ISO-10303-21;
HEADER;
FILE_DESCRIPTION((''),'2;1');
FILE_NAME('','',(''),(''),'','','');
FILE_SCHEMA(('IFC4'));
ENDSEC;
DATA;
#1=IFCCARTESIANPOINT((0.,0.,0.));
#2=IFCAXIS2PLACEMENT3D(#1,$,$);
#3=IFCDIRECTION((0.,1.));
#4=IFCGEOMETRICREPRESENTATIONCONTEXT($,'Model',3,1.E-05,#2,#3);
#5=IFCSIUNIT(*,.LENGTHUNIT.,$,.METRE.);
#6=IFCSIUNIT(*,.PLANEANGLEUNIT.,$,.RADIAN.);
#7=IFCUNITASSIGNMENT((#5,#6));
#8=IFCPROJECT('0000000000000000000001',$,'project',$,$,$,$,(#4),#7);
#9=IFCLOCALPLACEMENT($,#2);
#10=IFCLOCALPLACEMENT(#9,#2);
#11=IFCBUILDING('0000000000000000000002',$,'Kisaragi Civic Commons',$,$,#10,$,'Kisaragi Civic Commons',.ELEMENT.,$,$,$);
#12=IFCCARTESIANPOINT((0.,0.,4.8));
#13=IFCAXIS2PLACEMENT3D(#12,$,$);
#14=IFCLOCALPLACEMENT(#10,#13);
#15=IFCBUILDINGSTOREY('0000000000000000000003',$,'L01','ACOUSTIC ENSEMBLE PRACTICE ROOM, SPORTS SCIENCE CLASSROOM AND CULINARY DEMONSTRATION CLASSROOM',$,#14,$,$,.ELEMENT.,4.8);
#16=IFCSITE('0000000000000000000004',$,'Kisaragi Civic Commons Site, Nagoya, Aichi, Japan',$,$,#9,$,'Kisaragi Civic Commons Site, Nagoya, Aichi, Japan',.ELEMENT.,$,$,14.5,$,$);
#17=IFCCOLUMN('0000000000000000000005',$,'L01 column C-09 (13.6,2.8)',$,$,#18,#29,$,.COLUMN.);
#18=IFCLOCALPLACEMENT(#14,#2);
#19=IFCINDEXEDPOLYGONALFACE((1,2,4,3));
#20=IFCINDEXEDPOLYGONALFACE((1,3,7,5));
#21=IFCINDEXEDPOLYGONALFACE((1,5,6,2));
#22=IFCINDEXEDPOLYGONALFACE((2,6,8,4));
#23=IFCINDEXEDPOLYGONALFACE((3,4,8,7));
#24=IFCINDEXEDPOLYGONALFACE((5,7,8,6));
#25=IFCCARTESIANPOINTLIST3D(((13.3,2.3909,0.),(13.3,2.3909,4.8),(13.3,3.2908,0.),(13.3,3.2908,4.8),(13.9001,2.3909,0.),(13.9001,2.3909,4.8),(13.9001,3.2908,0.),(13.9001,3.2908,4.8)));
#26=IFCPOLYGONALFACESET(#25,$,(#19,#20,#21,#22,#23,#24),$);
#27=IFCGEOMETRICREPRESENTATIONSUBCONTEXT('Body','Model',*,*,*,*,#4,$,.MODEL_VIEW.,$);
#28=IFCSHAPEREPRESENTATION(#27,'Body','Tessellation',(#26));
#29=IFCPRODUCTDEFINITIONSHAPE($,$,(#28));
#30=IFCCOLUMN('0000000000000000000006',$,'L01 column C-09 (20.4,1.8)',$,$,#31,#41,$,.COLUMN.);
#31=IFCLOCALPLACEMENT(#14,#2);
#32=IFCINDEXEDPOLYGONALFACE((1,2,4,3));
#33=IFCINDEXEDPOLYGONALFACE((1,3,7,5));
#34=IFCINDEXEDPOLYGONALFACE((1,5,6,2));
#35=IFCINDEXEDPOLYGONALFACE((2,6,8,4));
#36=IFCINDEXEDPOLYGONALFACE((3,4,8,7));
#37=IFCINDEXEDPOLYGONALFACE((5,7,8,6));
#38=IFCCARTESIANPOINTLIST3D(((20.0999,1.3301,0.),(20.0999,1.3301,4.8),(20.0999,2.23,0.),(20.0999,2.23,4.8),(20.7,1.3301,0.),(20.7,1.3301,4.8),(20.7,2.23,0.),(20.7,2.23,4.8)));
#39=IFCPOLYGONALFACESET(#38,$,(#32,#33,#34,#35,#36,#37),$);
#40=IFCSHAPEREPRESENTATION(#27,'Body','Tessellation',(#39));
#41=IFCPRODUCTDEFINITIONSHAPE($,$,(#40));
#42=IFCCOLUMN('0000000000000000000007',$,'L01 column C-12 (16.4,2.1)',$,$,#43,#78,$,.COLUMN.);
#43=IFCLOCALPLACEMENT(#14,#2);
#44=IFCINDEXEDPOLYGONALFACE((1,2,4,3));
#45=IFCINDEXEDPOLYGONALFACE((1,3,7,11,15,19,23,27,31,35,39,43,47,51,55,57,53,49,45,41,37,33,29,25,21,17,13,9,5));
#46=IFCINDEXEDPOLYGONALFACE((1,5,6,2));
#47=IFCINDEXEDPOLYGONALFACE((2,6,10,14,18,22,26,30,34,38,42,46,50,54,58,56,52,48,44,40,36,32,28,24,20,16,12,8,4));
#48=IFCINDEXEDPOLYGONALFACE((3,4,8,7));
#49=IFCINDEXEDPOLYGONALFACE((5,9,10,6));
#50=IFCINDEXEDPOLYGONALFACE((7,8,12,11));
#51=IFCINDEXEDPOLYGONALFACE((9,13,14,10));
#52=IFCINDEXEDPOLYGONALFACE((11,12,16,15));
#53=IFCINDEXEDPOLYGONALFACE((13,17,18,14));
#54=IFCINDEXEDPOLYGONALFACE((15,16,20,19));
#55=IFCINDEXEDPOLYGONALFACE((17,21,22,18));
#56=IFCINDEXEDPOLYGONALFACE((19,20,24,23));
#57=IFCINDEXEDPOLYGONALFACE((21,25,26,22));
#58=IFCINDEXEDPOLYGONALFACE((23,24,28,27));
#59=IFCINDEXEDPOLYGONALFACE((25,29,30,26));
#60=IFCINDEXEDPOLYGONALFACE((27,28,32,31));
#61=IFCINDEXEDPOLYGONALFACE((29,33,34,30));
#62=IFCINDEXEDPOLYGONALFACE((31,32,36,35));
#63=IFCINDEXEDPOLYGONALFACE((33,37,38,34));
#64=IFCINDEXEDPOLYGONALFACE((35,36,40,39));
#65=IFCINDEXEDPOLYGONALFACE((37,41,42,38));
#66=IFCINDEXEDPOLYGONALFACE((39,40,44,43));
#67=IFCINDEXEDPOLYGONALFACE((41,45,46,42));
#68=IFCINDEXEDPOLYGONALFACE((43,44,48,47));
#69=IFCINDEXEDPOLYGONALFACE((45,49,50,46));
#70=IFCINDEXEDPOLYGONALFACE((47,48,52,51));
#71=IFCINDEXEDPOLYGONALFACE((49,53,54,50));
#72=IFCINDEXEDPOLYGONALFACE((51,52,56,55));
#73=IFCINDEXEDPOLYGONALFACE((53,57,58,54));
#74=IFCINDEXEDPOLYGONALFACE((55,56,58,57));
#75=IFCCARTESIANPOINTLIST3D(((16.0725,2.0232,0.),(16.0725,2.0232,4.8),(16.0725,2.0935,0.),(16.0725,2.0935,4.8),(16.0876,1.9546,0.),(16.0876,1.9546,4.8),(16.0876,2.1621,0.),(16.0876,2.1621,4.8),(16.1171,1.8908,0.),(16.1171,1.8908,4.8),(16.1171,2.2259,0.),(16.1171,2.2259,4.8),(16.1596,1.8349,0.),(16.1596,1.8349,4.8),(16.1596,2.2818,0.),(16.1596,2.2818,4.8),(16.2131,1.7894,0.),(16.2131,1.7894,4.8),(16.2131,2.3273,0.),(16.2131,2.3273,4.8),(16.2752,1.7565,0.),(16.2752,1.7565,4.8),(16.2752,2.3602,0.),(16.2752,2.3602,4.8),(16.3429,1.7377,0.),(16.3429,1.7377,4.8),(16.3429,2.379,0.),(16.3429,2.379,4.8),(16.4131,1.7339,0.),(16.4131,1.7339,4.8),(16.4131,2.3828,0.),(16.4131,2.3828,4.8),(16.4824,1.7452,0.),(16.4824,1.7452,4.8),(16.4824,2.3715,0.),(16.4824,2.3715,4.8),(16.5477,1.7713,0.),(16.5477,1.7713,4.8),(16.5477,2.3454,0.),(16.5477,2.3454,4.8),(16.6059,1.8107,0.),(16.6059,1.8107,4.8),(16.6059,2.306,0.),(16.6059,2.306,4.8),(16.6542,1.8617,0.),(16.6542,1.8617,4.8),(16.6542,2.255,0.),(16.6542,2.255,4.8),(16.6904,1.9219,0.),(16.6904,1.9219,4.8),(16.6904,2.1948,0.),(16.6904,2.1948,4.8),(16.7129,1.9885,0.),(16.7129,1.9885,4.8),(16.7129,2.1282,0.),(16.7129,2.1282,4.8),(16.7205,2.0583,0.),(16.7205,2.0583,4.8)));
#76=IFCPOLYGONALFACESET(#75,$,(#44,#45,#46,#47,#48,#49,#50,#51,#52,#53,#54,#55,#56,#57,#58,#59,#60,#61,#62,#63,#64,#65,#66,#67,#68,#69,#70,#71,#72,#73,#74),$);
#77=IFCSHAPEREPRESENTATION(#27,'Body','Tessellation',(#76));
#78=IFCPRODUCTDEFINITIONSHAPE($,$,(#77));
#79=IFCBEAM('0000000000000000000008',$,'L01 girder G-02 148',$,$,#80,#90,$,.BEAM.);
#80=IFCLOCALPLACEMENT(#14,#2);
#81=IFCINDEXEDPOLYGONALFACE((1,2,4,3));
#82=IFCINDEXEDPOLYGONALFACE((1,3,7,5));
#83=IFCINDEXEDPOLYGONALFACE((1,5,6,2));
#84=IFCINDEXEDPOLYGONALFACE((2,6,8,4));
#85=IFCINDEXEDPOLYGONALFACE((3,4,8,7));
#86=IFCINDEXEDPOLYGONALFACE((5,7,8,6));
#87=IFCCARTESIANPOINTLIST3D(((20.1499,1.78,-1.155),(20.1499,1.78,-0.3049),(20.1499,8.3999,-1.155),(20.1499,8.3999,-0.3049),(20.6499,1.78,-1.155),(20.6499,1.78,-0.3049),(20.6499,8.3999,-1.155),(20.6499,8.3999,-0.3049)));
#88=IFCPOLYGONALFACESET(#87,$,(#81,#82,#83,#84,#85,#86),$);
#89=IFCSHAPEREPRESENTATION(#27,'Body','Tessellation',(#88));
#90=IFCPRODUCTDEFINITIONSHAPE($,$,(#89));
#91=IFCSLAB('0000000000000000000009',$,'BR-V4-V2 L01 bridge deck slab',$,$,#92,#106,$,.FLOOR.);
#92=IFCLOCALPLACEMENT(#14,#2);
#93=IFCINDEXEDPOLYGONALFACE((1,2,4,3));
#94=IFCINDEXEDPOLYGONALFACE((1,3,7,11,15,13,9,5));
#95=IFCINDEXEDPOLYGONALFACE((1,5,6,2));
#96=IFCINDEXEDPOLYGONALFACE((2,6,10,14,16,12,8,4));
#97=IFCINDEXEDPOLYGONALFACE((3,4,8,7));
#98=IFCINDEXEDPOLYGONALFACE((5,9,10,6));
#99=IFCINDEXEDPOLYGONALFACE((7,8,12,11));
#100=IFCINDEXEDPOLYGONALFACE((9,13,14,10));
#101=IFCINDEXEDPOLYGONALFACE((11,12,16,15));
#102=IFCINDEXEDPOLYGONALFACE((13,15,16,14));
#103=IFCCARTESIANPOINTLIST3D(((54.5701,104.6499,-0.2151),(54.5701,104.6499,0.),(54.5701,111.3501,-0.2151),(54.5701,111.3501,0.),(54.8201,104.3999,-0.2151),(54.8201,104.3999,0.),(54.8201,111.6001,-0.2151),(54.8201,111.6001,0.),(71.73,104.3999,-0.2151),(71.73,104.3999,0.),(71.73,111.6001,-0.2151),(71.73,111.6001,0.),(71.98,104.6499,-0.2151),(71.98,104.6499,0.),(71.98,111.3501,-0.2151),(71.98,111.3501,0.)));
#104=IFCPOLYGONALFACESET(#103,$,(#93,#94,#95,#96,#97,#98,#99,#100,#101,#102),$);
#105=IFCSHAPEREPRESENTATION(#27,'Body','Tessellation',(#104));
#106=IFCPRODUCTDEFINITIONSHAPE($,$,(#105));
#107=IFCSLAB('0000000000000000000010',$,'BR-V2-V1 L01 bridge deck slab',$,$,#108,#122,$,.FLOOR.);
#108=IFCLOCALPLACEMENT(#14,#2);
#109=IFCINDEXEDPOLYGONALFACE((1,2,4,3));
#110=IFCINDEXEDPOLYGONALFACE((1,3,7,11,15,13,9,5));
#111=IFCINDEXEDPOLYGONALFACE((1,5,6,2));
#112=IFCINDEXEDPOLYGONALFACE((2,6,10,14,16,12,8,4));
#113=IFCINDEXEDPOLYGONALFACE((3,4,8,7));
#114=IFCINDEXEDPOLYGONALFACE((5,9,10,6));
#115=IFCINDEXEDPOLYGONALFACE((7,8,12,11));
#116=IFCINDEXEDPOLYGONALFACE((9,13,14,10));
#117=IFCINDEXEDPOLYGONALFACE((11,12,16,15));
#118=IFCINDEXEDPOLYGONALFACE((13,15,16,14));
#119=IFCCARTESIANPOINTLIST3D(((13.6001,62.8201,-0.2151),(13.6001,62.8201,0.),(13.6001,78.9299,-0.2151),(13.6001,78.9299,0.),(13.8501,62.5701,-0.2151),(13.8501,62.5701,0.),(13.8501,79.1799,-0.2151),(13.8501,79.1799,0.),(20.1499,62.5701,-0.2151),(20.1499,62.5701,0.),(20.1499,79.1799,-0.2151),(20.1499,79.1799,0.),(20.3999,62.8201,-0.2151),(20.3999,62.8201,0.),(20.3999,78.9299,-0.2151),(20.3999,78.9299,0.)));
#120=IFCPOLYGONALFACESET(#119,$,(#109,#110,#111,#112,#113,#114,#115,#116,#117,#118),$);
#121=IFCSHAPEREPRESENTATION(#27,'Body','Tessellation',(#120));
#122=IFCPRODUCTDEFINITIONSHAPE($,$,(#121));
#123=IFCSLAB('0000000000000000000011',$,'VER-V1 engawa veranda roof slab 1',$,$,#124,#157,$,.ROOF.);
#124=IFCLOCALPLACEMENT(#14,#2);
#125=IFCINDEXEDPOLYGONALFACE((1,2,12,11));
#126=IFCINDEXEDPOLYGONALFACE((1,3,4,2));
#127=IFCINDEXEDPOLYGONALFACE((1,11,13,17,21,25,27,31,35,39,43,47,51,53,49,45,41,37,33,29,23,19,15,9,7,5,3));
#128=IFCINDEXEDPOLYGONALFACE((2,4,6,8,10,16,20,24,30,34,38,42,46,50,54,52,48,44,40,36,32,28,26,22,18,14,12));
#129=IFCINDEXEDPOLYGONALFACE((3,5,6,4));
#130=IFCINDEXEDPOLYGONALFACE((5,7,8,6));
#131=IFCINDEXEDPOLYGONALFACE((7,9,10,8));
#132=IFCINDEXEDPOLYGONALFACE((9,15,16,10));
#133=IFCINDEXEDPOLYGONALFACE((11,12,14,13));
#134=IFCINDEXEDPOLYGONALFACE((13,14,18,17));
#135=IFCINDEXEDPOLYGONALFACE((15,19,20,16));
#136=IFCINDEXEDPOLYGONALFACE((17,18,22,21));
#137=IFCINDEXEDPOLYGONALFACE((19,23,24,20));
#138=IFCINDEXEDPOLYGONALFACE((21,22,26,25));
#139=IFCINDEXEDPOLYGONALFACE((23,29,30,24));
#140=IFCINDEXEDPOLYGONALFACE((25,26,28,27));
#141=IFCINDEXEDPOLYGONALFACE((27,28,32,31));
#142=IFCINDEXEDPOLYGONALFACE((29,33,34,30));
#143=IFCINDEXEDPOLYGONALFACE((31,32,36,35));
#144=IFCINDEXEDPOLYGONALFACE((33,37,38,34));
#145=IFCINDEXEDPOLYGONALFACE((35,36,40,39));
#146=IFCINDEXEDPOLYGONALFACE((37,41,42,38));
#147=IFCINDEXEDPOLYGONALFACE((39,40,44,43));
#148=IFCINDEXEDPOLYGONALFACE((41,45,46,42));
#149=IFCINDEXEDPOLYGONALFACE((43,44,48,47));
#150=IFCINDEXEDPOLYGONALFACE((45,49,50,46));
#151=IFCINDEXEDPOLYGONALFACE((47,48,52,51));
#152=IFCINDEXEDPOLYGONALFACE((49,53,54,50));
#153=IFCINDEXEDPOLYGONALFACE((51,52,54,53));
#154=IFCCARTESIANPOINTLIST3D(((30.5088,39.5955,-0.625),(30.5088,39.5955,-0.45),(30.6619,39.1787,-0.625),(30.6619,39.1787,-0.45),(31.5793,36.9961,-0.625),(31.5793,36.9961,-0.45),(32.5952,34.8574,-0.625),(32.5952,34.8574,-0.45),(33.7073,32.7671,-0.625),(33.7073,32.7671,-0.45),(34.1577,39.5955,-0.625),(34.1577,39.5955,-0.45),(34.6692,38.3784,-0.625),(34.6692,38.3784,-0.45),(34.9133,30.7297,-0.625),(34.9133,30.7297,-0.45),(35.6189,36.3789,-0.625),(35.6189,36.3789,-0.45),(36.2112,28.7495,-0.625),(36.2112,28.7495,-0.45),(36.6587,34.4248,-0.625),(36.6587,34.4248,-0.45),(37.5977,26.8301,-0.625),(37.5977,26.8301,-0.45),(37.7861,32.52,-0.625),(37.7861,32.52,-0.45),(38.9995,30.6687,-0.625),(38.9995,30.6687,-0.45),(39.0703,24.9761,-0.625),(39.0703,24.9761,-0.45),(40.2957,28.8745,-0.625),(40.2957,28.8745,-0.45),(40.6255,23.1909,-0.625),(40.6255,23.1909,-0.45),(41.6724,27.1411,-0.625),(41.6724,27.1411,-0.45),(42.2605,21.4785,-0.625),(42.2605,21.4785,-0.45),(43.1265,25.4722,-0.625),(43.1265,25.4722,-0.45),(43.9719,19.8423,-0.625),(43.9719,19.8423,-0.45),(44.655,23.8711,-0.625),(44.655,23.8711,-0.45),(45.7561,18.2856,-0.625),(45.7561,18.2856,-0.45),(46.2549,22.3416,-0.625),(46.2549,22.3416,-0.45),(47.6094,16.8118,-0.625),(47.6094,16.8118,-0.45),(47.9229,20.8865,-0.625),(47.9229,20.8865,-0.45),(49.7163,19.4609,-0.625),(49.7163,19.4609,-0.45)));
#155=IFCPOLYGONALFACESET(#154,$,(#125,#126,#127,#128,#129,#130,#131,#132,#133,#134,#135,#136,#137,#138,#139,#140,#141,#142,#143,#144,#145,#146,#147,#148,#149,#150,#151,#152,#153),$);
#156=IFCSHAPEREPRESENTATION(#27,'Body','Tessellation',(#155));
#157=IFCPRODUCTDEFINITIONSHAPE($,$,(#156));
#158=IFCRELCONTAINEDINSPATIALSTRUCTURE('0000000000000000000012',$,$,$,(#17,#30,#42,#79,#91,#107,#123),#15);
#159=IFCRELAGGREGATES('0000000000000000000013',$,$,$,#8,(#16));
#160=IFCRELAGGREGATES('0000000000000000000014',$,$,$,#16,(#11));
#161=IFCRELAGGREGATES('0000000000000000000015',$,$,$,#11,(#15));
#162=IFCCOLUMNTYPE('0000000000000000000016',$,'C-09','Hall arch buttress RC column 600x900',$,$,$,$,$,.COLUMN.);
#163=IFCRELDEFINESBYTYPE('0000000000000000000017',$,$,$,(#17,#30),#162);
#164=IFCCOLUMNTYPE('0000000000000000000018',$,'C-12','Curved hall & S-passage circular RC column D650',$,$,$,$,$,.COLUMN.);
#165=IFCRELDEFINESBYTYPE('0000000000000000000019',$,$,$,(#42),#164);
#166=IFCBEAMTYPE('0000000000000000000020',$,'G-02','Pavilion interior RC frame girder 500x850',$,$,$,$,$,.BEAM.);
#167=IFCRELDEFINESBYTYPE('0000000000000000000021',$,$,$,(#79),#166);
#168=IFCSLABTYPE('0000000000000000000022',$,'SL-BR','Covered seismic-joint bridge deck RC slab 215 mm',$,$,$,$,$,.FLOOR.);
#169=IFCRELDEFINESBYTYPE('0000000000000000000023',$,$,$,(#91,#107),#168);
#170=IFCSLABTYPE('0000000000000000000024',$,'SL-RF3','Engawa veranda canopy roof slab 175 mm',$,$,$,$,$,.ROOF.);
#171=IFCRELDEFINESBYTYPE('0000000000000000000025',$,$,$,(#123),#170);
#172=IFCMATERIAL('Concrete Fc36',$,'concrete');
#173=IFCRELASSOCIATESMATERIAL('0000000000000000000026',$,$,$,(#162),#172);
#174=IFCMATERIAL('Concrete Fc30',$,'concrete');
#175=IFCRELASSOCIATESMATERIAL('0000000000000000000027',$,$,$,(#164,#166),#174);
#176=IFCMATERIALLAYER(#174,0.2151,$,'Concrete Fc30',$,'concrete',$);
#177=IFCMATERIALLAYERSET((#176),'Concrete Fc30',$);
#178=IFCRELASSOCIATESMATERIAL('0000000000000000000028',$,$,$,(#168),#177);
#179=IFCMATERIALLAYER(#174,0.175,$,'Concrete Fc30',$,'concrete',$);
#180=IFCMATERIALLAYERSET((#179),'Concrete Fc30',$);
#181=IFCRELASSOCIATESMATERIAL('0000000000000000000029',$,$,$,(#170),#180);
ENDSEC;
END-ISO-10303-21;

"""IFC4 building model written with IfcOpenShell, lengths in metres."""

from ifc_helpers import new_model, si_unit, direction, frame, origin, origin_2d, place, context, subcontext, project, spatial, polyline, rectangle, circle, outline, extrude, material, layer, layer_set, material_profile, profile_set, type_object, element, save


model = new_model("IFC4")

# Units and contexts
model_context = context("Model", 3, precision=1e-05, world=origin(), true_north=direction((0.0, 1.0)))
body_context = subcontext(model_context, "Body", "Model", "MODEL_VIEW")
ifc_project = project(units=[si_unit("LENGTHUNIT", "METRE"), si_unit("PLANEANGLEUNIT", "RADIAN")], contexts=[model_context])

# Site, building, storey
site_placement = place(None, origin())
site = spatial("IfcSite", under=ifc_project, at=site_placement, Name="Kisaragi Civic Commons Site, Nagoya, Aichi, Japan", LongName="Kisaragi Civic Commons Site, Nagoya, Aichi, Japan", CompositionType="ELEMENT", RefElevation=14.5)
building_placement = place(site_placement, origin())
building = spatial("IfcBuilding", under=site, at=building_placement, Name="Kisaragi Civic Commons", LongName="Kisaragi Civic Commons", CompositionType="ELEMENT")
storey_placement = place(building_placement, frame((0.0, 0.0, 4.8)))
storey = spatial("IfcBuildingStorey", under=building, at=storey_placement, Name="L01", Description="ACOUSTIC ENSEMBLE PRACTICE ROOM, SPORTS SCIENCE CLASSROOM AND CULINARY DEMONSTRATION CLASSROOM", CompositionType="ELEMENT", Elevation=4.8)

# Columns
ifc_material_1 = material(Name="Concrete Fc36", Category="concrete")
ifc_material_profile_1 = material_profile(ifc_material_1, rectangle(XDim=0.6001, YDim=0.8999, at=origin_2d()), Name="RC-600x900", Category="concrete")
ifc_profile_set_1 = profile_set([ifc_material_profile_1], Name="Concrete Fc36")
column_type_1 = type_object("IfcColumnType", Name="C-09", Description="Hall arch buttress RC column 600x900", PredefinedType="COLUMN", material=ifc_profile_set_1)
for number, where, z_axis, x_axis, name in (
    (1, (13.6001, 2.8408, 0.0), (0.0, 0.0, 1.0), (1.0, 0.0, 0.0), "L01 column C-09 (13.6,2.8)"),
    (2, (20.3999, 1.78, 0.0), (0.0, 0.0, 1.0), (1.0, 0.0, 0.0), "L01 column C-09 (20.4,1.8)"),
):
    element("IfcColumn", number, at=place(storey_placement, frame(where, z_axis=z_axis, x_axis=x_axis)), inside=storey, type_object=column_type_1, Name=name, PredefinedType="COLUMN", context=body_context, shape_type="SweptSolid", body=[
        extrude(rectangle(XDim=0.6001, YDim=0.8999, at=origin_2d()), origin(), (0.0, 0.0, 1.0), 4.8),
    ])
ifc_material_2 = material(Name="Concrete Fc30", Category="concrete")
ifc_material_profile_2 = material_profile(ifc_material_2, circle(Radius=0.325, at=origin_2d()), Name="RC-D650", Category="concrete")
ifc_profile_set_2 = profile_set([ifc_material_profile_2], Name="Concrete Fc30")
column_type_2 = type_object("IfcColumnType", Name="C-12", Description="Curved hall & S-passage circular RC column D650", PredefinedType="COLUMN", material=ifc_profile_set_2)
column_placement = place(storey_placement, frame((16.3955, 2.0583, 0.0), z_axis=(0.0, 0.0, 1.0), x_axis=(1.0, 0.0, 0.0)))
element("IfcColumn", 3, at=column_placement, inside=storey, type_object=column_type_2, Name="L01 column C-12 (16.4,2.1)", PredefinedType="COLUMN", context=body_context, shape_type="SweptSolid", body=[
    extrude(circle(Radius=0.325, at=origin_2d()), origin(), (0.0, 0.0, 1.0), 4.8),
])

# Beam
ifc_material_profile_3 = material_profile(ifc_material_2, rectangle(XDim=0.5, YDim=0.8501, at=origin_2d()), Name="RC-500x850", Category="concrete")
ifc_profile_set_3 = profile_set([ifc_material_profile_3], Name="Concrete Fc30")
beam_type = type_object("IfcBeamType", Name="G-02", Description="Pavilion interior RC frame girder 500x850", PredefinedType="BEAM", material=ifc_profile_set_3)
beam_placement = place(storey_placement, frame((20.3999, 1.78, -0.73), z_axis=(0.0, 1.0, 0.0), x_axis=(-1.0, 0.0, 0.0)))
element("IfcBeam", 4, at=beam_placement, inside=storey, type_object=beam_type, Name="L01 girder G-02 148", PredefinedType="BEAM", context=body_context, shape_type="SweptSolid", body=[
    extrude(rectangle(XDim=0.5, YDim=0.8501, at=origin_2d()), origin(), (0.0, 0.0, 1.0), 6.6199),
])

# Slabs
ifc_layer_1 = layer(ifc_material_2, 0.2151, Name="Concrete Fc30", Category="concrete")
ifc_layer_set_1 = layer_set([ifc_layer_1], Name="Concrete Fc30")
slab_type_1 = type_object("IfcSlabType", Name="SL-BR", Description="Covered seismic-joint bridge deck RC slab 215 mm", PredefinedType="FLOOR", material=ifc_layer_set_1)
slab_1_placement = place(storey_placement, frame((0.0, 0.0, -0.2151)))
element("IfcSlab", 5, at=slab_1_placement, inside=storey, type_object=slab_type_1, Name="BR-V4-V2 L01 bridge deck slab", PredefinedType="FLOOR", context=body_context, shape_type="SweptSolid", body=[
    extrude(outline(polyline([(54.8201, 104.3999), (71.73, 104.3999), (71.98, 104.6499), (71.98, 111.3501), (71.73, 111.6001), (54.8201, 111.6001), (54.5701, 111.3501), (54.5701, 104.6499), (54.8201, 104.3999)])), origin(), (0.0, 0.0, 1.0), 0.2151),
])
slab_2_placement = place(storey_placement, frame((0.0, 0.0, -0.2151)))
element("IfcSlab", 6, at=slab_2_placement, inside=storey, type_object=slab_type_1, Name="BR-V2-V1 L01 bridge deck slab", PredefinedType="FLOOR", context=body_context, shape_type="SweptSolid", body=[
    extrude(outline(polyline([(13.8501, 62.5701), (20.1499, 62.5701), (20.3999, 62.8201), (20.3999, 78.9299), (20.1499, 79.1799), (13.8501, 79.1799), (13.6001, 78.9299), (13.6001, 62.8201), (13.8501, 62.5701)])), origin(), (0.0, 0.0, 1.0), 0.2151),
])
ifc_layer_2 = layer(ifc_material_2, 0.175, Name="Concrete Fc30", Category="concrete")
ifc_layer_set_2 = layer_set([ifc_layer_2], Name="Concrete Fc30")
slab_type_2 = type_object("IfcSlabType", Name="SL-RF3", Description="Engawa veranda canopy roof slab 175 mm", PredefinedType="ROOF", material=ifc_layer_set_2)
slab_3_placement = place(storey_placement, frame((0.0, 0.0, -0.625)))
element("IfcSlab", 7, at=slab_3_placement, inside=storey, type_object=slab_type_2, Name="VER-V1 engawa veranda roof slab 1", PredefinedType="ROOF", context=body_context, shape_type="SweptSolid", body=[
    extrude(outline(polyline([(34.1577, 39.5955), (30.5088, 39.5955), (30.6619, 39.1787), (31.5793, 36.9961), (32.5952, 34.8574), (33.7073, 32.7671), (34.9133, 30.7297), (36.2112, 28.7495), (37.5977, 26.8301), (39.0703, 24.9761), (40.6255, 23.1909), (42.2605, 21.4785), (43.9719, 19.8423), (45.7561, 18.2856), (47.6094, 16.8118), (47.6094, 16.8118), (49.7163, 19.4609), (47.9229, 20.8865), (46.2549, 22.3416), (44.655, 23.8711), (43.1265, 25.4722), (41.6724, 27.1411), (40.2957, 28.8745), (38.9995, 30.6687), (37.7861, 32.52), (36.6587, 34.4248), (35.6189, 36.3789), (34.6692, 38.3784), (34.1577, 39.5955)])), origin(), (0.0, 0.0, 1.0), 0.175),
])

save(model, "model.ifc")
